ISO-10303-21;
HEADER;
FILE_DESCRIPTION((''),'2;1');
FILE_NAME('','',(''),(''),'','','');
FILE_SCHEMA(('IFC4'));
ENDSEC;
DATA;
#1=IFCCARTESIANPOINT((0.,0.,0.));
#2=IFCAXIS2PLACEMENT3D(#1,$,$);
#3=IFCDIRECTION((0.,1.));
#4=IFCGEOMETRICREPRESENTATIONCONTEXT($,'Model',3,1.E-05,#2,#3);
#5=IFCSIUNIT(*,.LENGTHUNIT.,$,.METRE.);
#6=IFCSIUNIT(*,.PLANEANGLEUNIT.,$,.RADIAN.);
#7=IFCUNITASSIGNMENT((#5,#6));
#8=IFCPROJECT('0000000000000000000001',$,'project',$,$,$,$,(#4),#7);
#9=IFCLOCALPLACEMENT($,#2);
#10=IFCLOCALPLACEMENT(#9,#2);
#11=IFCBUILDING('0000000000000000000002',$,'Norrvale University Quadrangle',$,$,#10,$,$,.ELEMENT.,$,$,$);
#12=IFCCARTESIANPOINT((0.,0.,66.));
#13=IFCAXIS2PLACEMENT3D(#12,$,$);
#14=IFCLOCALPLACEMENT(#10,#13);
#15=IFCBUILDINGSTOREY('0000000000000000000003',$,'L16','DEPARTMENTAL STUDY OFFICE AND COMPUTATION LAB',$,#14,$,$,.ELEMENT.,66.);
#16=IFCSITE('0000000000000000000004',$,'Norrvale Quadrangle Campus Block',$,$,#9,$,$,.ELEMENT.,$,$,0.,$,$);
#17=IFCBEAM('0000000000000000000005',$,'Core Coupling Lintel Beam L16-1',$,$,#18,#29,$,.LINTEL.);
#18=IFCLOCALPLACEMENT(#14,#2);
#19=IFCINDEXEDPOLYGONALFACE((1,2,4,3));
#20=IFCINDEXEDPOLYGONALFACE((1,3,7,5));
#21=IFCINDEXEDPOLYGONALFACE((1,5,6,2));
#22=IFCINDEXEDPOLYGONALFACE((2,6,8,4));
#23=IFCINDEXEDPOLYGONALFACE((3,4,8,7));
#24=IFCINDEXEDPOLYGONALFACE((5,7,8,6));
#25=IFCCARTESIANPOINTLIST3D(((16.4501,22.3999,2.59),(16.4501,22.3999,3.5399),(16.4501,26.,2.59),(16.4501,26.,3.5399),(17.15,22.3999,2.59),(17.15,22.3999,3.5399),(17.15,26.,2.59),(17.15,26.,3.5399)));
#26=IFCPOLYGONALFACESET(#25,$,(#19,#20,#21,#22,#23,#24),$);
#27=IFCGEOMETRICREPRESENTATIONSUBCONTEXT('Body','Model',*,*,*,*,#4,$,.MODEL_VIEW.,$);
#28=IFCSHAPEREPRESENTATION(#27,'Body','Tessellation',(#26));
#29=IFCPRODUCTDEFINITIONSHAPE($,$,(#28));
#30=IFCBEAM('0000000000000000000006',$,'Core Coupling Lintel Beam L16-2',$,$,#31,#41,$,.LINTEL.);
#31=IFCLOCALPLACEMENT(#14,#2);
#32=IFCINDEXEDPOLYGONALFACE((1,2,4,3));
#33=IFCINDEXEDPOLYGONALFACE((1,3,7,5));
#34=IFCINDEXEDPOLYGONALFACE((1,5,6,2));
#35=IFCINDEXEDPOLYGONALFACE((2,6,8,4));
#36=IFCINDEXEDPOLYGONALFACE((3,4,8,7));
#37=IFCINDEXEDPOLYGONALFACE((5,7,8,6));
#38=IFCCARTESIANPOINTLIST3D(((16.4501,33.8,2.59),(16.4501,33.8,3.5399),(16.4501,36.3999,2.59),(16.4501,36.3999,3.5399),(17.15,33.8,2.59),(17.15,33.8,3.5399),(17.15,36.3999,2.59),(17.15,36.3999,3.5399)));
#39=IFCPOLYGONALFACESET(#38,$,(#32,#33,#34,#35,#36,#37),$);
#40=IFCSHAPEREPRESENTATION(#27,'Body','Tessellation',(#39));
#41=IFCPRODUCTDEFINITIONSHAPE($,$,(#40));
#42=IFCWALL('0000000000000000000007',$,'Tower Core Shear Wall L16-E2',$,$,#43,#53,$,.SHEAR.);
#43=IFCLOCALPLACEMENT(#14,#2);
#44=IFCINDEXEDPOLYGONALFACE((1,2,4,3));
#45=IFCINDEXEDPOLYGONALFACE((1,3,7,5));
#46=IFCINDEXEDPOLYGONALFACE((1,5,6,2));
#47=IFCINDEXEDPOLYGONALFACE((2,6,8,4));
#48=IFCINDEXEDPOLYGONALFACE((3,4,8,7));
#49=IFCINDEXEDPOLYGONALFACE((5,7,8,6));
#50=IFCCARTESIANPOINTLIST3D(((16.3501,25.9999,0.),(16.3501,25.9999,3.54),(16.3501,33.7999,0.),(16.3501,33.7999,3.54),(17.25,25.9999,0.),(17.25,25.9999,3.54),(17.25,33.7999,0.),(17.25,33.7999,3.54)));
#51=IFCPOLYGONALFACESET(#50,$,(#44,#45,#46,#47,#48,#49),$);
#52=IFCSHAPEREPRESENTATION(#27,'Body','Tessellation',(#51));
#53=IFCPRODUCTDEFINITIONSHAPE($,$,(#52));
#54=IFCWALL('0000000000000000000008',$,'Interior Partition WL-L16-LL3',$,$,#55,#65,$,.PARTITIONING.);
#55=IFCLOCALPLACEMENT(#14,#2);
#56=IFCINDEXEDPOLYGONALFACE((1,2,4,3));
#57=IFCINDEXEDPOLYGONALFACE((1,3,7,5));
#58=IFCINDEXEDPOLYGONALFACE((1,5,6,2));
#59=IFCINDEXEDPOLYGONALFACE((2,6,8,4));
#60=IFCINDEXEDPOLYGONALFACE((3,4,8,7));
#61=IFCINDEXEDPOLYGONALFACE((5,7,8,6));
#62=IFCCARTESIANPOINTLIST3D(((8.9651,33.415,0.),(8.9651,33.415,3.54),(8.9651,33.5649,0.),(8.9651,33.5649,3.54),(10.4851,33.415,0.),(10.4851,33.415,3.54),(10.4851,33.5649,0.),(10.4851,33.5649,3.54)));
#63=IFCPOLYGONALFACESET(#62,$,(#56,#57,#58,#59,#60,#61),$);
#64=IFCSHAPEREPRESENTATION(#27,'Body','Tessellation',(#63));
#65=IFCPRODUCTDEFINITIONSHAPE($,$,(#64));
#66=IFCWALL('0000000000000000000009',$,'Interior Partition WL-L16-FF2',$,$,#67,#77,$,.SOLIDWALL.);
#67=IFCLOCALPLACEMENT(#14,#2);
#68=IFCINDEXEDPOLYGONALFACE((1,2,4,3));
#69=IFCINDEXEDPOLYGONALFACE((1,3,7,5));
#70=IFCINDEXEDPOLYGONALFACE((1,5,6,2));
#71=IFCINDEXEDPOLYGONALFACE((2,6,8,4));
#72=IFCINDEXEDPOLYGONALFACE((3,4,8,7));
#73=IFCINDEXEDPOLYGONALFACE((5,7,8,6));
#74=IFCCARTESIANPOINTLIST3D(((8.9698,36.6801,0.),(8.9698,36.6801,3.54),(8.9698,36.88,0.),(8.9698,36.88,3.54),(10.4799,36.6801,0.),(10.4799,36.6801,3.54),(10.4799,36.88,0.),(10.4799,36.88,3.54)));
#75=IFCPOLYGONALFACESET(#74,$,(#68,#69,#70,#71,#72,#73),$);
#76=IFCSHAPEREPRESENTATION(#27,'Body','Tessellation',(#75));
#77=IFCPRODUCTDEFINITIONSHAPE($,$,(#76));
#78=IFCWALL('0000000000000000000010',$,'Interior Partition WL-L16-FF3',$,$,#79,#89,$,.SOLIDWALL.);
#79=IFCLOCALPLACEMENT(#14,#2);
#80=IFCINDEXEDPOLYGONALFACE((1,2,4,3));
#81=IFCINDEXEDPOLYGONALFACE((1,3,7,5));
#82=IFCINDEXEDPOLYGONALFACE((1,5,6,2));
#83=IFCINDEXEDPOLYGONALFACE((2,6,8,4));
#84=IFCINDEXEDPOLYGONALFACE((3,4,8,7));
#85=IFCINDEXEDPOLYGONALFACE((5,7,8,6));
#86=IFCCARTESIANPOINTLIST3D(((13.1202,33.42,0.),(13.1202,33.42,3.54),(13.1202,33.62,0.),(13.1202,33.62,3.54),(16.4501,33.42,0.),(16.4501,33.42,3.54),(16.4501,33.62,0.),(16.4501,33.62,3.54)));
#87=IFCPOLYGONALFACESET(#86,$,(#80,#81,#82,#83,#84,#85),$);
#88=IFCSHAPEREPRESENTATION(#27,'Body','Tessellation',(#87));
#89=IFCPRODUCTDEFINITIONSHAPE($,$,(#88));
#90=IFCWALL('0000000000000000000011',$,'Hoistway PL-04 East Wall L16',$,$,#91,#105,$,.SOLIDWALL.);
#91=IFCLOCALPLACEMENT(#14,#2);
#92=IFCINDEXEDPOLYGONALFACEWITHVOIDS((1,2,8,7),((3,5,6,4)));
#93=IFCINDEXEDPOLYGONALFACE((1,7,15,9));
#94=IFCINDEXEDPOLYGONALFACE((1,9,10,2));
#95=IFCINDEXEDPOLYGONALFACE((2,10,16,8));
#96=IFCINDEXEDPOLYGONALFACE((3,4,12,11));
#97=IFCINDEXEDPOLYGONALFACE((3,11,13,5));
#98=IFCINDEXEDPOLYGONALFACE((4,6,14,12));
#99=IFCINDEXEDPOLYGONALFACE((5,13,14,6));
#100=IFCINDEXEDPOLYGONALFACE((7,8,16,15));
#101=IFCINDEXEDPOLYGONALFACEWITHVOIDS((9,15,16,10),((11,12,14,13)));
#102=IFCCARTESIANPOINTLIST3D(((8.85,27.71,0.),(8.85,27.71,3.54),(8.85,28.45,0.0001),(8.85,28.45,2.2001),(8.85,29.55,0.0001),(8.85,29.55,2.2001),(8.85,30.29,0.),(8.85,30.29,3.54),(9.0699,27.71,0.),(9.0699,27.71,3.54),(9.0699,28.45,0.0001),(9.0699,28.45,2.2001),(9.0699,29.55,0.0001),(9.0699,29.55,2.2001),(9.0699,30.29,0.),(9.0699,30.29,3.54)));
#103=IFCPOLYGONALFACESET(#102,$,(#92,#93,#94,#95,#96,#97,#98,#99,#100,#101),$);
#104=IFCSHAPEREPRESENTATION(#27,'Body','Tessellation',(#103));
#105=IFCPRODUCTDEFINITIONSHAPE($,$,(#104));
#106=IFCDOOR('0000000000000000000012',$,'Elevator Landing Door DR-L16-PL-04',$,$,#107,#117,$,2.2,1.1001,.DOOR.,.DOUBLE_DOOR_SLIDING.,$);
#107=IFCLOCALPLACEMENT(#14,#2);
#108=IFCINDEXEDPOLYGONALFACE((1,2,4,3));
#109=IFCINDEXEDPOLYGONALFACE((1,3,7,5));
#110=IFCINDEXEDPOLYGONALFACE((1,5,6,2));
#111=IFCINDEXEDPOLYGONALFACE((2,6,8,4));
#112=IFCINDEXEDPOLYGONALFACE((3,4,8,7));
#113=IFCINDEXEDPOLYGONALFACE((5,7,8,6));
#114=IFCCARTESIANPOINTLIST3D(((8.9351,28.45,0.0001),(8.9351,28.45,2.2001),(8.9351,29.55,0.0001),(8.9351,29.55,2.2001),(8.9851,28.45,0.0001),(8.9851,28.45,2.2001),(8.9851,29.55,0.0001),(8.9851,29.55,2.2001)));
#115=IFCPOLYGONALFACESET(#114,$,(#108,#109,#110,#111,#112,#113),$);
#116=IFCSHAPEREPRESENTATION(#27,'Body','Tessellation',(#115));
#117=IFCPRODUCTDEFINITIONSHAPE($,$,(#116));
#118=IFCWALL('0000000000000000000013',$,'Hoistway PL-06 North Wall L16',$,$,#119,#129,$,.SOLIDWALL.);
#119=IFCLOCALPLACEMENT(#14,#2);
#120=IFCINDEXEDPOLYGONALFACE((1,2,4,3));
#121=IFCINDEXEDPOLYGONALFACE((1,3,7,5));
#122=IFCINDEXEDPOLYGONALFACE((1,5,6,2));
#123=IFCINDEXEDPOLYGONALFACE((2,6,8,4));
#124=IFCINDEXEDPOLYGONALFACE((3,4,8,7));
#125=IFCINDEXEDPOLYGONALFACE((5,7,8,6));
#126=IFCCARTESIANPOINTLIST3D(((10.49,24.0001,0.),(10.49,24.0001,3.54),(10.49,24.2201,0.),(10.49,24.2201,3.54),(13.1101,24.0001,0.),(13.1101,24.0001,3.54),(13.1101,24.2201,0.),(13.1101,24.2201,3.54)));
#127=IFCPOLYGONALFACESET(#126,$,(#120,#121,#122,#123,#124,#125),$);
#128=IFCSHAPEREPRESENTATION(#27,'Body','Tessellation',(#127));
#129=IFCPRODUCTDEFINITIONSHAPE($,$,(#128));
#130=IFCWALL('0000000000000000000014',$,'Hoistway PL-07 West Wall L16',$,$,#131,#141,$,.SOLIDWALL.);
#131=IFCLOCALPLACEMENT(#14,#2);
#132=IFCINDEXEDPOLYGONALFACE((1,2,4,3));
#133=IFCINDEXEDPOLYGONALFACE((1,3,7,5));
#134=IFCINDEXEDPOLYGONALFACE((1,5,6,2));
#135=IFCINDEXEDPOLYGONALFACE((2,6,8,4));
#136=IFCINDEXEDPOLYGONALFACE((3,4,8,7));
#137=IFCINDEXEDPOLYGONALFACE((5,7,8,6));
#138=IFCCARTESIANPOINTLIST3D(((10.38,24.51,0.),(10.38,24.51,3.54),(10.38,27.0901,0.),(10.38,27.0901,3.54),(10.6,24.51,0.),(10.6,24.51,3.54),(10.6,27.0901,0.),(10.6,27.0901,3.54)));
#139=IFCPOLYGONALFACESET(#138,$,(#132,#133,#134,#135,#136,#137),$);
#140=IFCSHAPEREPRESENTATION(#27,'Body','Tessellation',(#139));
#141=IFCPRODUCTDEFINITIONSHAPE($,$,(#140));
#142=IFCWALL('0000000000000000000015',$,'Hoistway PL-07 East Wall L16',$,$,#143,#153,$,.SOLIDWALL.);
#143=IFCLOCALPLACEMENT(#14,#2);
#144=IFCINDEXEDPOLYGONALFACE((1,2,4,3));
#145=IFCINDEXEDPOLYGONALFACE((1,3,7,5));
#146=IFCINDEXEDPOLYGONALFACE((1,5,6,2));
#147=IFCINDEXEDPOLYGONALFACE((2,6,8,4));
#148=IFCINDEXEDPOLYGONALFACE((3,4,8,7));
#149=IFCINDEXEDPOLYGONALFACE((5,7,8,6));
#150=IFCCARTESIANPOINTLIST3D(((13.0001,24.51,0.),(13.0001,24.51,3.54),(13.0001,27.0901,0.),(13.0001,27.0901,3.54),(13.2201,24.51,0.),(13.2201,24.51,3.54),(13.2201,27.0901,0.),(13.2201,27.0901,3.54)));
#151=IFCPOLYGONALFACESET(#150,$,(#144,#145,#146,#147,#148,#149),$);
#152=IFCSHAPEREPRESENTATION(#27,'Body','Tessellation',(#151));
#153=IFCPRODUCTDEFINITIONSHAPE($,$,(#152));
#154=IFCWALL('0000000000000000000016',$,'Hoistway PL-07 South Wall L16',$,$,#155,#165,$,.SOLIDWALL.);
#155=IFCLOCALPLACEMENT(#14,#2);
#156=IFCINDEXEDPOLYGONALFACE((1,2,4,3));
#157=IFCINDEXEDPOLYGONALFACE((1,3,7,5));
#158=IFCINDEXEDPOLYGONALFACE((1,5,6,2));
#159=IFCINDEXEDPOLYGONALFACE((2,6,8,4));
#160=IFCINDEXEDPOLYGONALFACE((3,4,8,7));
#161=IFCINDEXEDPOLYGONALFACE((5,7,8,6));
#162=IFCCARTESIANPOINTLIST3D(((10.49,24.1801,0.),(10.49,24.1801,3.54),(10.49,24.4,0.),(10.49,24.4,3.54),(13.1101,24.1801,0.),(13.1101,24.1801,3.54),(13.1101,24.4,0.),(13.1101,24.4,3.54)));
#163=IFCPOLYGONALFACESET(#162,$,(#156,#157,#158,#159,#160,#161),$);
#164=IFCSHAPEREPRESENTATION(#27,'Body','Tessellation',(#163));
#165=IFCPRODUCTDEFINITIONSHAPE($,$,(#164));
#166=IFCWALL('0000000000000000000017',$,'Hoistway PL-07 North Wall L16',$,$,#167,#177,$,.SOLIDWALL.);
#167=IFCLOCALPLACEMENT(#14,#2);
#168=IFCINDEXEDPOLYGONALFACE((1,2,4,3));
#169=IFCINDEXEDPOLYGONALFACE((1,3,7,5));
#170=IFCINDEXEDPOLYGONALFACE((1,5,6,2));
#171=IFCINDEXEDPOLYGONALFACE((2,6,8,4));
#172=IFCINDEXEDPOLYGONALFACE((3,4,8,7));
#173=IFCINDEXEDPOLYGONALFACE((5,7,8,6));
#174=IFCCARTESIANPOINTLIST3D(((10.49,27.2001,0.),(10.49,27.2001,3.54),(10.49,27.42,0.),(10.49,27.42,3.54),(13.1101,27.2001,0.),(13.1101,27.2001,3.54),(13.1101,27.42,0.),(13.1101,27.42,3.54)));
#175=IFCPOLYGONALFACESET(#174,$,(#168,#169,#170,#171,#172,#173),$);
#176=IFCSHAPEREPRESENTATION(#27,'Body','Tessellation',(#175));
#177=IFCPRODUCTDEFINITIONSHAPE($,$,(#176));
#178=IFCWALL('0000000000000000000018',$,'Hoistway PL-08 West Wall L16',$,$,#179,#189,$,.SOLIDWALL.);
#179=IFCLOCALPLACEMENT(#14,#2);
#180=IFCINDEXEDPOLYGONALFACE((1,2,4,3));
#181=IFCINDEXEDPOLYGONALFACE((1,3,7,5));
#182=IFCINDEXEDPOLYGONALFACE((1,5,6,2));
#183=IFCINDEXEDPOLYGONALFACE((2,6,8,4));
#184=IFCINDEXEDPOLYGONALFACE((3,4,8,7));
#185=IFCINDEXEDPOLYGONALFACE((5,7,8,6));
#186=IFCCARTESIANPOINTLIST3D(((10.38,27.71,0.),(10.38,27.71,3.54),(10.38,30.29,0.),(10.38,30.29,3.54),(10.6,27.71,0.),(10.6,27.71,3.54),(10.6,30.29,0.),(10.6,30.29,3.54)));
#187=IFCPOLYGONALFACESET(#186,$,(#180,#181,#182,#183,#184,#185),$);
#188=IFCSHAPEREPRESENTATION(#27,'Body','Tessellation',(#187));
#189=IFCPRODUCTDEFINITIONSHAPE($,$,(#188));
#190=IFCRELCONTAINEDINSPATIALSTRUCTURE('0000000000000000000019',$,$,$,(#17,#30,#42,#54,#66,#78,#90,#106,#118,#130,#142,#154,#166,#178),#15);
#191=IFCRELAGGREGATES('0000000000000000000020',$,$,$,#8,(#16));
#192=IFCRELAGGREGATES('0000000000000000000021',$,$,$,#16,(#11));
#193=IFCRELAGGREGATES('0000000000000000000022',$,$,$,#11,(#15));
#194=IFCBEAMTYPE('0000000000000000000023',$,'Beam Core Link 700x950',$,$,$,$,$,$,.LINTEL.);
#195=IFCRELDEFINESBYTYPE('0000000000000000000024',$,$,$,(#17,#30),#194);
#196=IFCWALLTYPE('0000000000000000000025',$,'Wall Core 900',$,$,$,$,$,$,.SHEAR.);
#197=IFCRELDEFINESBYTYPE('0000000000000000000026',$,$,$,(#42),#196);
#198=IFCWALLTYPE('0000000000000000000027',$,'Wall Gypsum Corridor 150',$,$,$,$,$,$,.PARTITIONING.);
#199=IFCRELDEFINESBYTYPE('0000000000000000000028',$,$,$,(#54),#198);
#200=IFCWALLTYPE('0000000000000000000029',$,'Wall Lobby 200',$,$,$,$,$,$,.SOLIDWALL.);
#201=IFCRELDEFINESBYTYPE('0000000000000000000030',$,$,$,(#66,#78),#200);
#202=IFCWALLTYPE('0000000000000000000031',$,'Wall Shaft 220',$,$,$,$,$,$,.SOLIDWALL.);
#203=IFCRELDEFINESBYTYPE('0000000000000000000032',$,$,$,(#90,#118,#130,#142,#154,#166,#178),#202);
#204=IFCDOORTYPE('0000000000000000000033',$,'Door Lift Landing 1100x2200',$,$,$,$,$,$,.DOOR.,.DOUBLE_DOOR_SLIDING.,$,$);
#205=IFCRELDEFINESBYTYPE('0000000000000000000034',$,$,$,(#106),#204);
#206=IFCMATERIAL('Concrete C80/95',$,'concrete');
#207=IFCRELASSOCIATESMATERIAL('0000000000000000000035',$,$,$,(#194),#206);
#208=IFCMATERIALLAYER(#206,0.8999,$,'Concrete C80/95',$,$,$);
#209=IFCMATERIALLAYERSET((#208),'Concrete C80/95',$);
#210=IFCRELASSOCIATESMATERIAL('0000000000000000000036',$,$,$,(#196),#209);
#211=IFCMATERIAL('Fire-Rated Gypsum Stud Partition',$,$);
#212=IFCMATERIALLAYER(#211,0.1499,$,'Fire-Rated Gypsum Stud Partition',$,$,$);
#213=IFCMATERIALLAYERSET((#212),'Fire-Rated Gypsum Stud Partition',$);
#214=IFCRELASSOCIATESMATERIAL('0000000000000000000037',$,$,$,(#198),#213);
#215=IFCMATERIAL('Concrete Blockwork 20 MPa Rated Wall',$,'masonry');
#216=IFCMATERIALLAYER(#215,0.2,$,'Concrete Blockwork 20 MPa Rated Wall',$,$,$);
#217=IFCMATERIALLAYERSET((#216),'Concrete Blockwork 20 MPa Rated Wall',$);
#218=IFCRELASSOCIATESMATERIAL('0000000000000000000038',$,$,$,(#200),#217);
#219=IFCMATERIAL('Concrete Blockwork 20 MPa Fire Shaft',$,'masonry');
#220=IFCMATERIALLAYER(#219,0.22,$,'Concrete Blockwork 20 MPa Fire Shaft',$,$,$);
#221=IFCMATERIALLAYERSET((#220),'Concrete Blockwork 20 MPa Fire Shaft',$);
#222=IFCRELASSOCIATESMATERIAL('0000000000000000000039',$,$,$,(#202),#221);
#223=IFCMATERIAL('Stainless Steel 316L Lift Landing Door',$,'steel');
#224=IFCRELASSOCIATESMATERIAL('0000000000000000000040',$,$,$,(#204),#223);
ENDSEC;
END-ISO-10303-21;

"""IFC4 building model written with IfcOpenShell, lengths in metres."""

from ifc_helpers import new_model, si_unit, direction, frame, frame_2d, origin, origin_2d, place, context, subcontext, project, spatial, rectangle, extrude, material, layer, layer_set, material_profile, profile_set, type_object, element, fill, save


model = new_model("IFC4")

# Units and contexts
model_context = context("Model", 3, precision=1e-05, world=origin(), true_north=direction((0.0, 1.0)))
body_context = subcontext(model_context, "Body", "Model", "MODEL_VIEW")
ifc_project = project(units=[si_unit("LENGTHUNIT", "METRE"), si_unit("PLANEANGLEUNIT", "RADIAN")], contexts=[model_context])

# Site, building, storey
site_placement = place(None, origin())
site = spatial("IfcSite", under=ifc_project, at=site_placement, Name="Norrvale Quadrangle Campus Block", CompositionType="ELEMENT", RefElevation=0.0)
building_placement = place(site_placement, origin())
building = spatial("IfcBuilding", under=site, at=building_placement, Name="Norrvale University Quadrangle", CompositionType="ELEMENT")
storey_placement = place(building_placement, frame((0.0, 0.0, 66.0)))
storey = spatial("IfcBuildingStorey", under=building, at=storey_placement, Name="L16", Description="DEPARTMENTAL STUDY OFFICE AND COMPUTATION LAB", CompositionType="ELEMENT", Elevation=66.0)

# Beams
ifc_material_1 = material(Name="Concrete C80/95", Category="concrete")
ifc_material_profile = material_profile(ifc_material_1, rectangle(XDim=0.7, YDim=0.95, at=origin_2d()), Name="Concrete C80/95")
ifc_profile_set = profile_set([ifc_material_profile], Name="Concrete C80/95")
beam_type = type_object("IfcBeamType", Name="Beam Core Link 700x950", PredefinedType="LINTEL", material=ifc_profile_set)
beam_1_placement = place(storey_placement, frame((16.8, 22.3999, 3.0649), z_axis=(0.0, 1.0, 0.0), x_axis=(-1.0, 0.0, 0.0)))
element("IfcBeam", 1, at=beam_1_placement, inside=storey, type_object=beam_type, Name="Core Coupling Lintel Beam L16-1", PredefinedType="LINTEL", context=body_context, shape_type="SweptSolid", body=[
    extrude(rectangle(XDim=0.7, YDim=0.95, at=origin_2d()), origin(), (0.0, 0.0, 1.0), 3.6001),
])
beam_2_placement = place(storey_placement, frame((16.8, 33.8, 3.0649), z_axis=(0.0, 1.0, 0.0), x_axis=(-1.0, 0.0, 0.0)))
element("IfcBeam", 2, at=beam_2_placement, inside=storey, type_object=beam_type, Name="Core Coupling Lintel Beam L16-2", PredefinedType="LINTEL", context=body_context, shape_type="SweptSolid", body=[
    extrude(rectangle(XDim=0.7, YDim=0.95, at=origin_2d()), origin(), (0.0, 0.0, 1.0), 2.5999),
])

# Wall
ifc_layer_1 = layer(ifc_material_1, 0.8999, Name="Concrete C80/95")
ifc_layer_set_1 = layer_set([ifc_layer_1], Name="Concrete C80/95")
wall_type_1 = type_object("IfcWallType", Name="Wall Core 900", PredefinedType="SHEAR", material=ifc_layer_set_1)
wall_1_placement = place(storey_placement, frame((16.8, 26.0, 0.0), z_axis=(0.0, 0.0, 1.0), x_axis=(0.0, 1.0, 0.0)))
element("IfcWall", 3, at=wall_1_placement, inside=storey, type_object=wall_type_1, Name="Tower Core Shear Wall L16-E2", PredefinedType="SHEAR", context=body_context, shape_type="SweptSolid", body=[
    extrude(rectangle(XDim=7.8, YDim=0.8999, at=frame_2d((3.8999, 0.0))), origin(), (0.0, 0.0, 1.0), 3.54),
])

# Walls
ifc_material_2 = material(Name="Fire-Rated Gypsum Stud Partition")
ifc_layer_2 = layer(ifc_material_2, 0.1499, Name="Fire-Rated Gypsum Stud Partition")
ifc_layer_set_2 = layer_set([ifc_layer_2], Name="Fire-Rated Gypsum Stud Partition")
wall_type_2 = type_object("IfcWallType", Name="Wall Gypsum Corridor 150", PredefinedType="PARTITIONING", material=ifc_layer_set_2)
wall_2_placement = place(storey_placement, frame((8.9651, 33.49, 0.0), z_axis=(0.0, 0.0, 1.0), x_axis=(1.0, 0.0, 0.0)))
element("IfcWall", 4, at=wall_2_placement, inside=storey, type_object=wall_type_2, Name="Interior Partition WL-L16-LL3", PredefinedType="PARTITIONING", context=body_context, shape_type="SweptSolid", body=[
    extrude(rectangle(XDim=1.52, YDim=0.1499, at=frame_2d((0.76, 0.0))), origin(), (0.0, 0.0, 1.0), 3.54),
])
ifc_material_3 = material(Name="Concrete Blockwork 20 MPa Rated Wall", Category="masonry")
ifc_layer_3 = layer(ifc_material_3, 0.2, Name="Concrete Blockwork 20 MPa Rated Wall")
ifc_layer_set_3 = layer_set([ifc_layer_3], Name="Concrete Blockwork 20 MPa Rated Wall")
wall_type_3 = type_object("IfcWallType", Name="Wall Lobby 200", PredefinedType="SOLIDWALL", material=ifc_layer_set_3)
wall_3_placement = place(storey_placement, frame((8.97, 36.78, 0.0), z_axis=(0.0, 0.0, 1.0), x_axis=(1.0, 0.0, 0.0)))
element("IfcWall", 5, at=wall_3_placement, inside=storey, type_object=wall_type_3, Name="Interior Partition WL-L16-FF2", PredefinedType="SOLIDWALL", context=body_context, shape_type="SweptSolid", body=[
    extrude(rectangle(XDim=1.51, YDim=0.2, at=frame_2d((0.7549, 0.0))), origin(), (0.0, 0.0, 1.0), 3.54),
])
wall_4_placement = place(storey_placement, frame((13.1201, 33.52, 0.0), z_axis=(0.0, 0.0, 1.0), x_axis=(1.0, 0.0, 0.0)))
element("IfcWall", 6, at=wall_4_placement, inside=storey, type_object=wall_type_3, Name="Interior Partition WL-L16-FF3", PredefinedType="SOLIDWALL", context=body_context, shape_type="SweptSolid", body=[
    extrude(rectangle(XDim=3.3298, YDim=0.2, at=frame_2d((1.665, 0.0))), origin(), (0.0, 0.0, 1.0), 3.54),
])

# Wall, opening, door
ifc_material_4 = material(Name="Concrete Blockwork 20 MPa Fire Shaft", Category="masonry")
ifc_layer_4 = layer(ifc_material_4, 0.22, Name="Concrete Blockwork 20 MPa Fire Shaft")
ifc_layer_set_4 = layer_set([ifc_layer_4], Name="Concrete Blockwork 20 MPa Fire Shaft")
wall_type_4 = type_object("IfcWallType", Name="Wall Shaft 220", PredefinedType="SOLIDWALL", material=ifc_layer_set_4)
wall_5_placement = place(storey_placement, frame((8.96, 27.71, 0.0), z_axis=(0.0, 0.0, 1.0), x_axis=(0.0, 1.0, 0.0)))
wall_5 = element("IfcWall", 7, at=wall_5_placement, inside=storey, type_object=wall_type_4, Name="Hoistway PL-04 East Wall L16", PredefinedType="SOLIDWALL", context=body_context, shape_type="SweptSolid", body=[
    extrude(rectangle(XDim=2.5801, YDim=0.22, at=frame_2d((1.29, 0.0))), origin(), (0.0, 0.0, 1.0), 3.54),
])
opening_1_placement = place(wall_5_placement, frame((0.74, 0.0, 0.0)))
opening_1 = element("IfcOpeningElement", 8, at=opening_1_placement, cuts=wall_5, PredefinedType="OPENING", context=body_context, shape_type="SweptSolid", body=[
    extrude(rectangle(XDim=1.1001, YDim=2.2, at=frame_2d((0.55, 1.1001))), frame((0.0, 0.1221, 0.0), z_axis=(0.0, -1.0, 0.0), x_axis=(1.0, 0.0, 0.0)), (0.0, 0.0, 1.0), 0.2439),
])
ifc_material_5 = material(Name="Stainless Steel 316L Lift Landing Door", Category="steel")
door_type_1 = type_object("IfcDoorType", Name="Door Lift Landing 1100x2200", OperationType="DOUBLE_DOOR_SLIDING", PredefinedType="DOOR", material=ifc_material_5)
door_1_placement = place(opening_1_placement, origin())
door_1 = element("IfcDoor", 9, at=door_1_placement, inside=storey, type_object=door_type_1, Name="Elevator Landing Door DR-L16-PL-04", OperationType="DOUBLE_DOOR_SLIDING", OverallHeight=2.2, OverallWidth=1.1001, PredefinedType="DOOR", context=body_context, shape_type="SweptSolid", body=[
    extrude(rectangle(XDim=1.1001, YDim=2.2, at=frame_2d((0.55, 1.1001))), frame((0.0, 0.0249, 0.0), z_axis=(0.0, -1.0, 0.0), x_axis=(1.0, 0.0, 0.0)), (0.0, 0.0, 1.0), 0.05),
])
fill(opening_1, door_1)

# Walls
wall_6_placement = place(storey_placement, frame((10.49, 24.1101, 0.0), z_axis=(0.0, 0.0, 1.0), x_axis=(1.0, 0.0, 0.0)))
element("IfcWall", 10, at=wall_6_placement, inside=storey, type_object=wall_type_4, Name="Hoistway PL-06 North Wall L16", PredefinedType="SOLIDWALL", context=body_context, shape_type="SweptSolid", body=[
    extrude(rectangle(XDim=2.6201, YDim=0.22, at=frame_2d((1.3101, 0.0))), origin(), (0.0, 0.0, 1.0), 3.54),
])
for number, where, z_axis, x_axis, name in (
    (11, (10.49, 24.51, 0.0), (0.0, 0.0, 1.0), (0.0, 1.0, 0.0), "Hoistway PL-07 West Wall L16"),
    (12, (13.1101, 24.51, 0.0), (0.0, 0.0, 1.0), (0.0, 1.0, 0.0), "Hoistway PL-07 East Wall L16"),
):
    element("IfcWall", number, at=place(storey_placement, frame(where, z_axis=z_axis, x_axis=x_axis)), inside=storey, type_object=wall_type_4, Name=name, PredefinedType="SOLIDWALL", context=body_context, shape_type="SweptSolid", body=[
        extrude(rectangle(XDim=2.5801, YDim=0.22, at=frame_2d((1.29, 0.0))), origin(), (0.0, 0.0, 1.0), 3.54),
    ])
for number, where, z_axis, x_axis, name in (
    (13, (10.49, 24.29, 0.0), (0.0, 0.0, 1.0), (1.0, 0.0, 0.0), "Hoistway PL-07 South Wall L16"),
    (14, (10.49, 27.3101, 0.0), (0.0, 0.0, 1.0), (1.0, 0.0, 0.0), "Hoistway PL-07 North Wall L16"),
):
    element("IfcWall", number, at=place(storey_placement, frame(where, z_axis=z_axis, x_axis=x_axis)), inside=storey, type_object=wall_type_4, Name=name, PredefinedType="SOLIDWALL", context=body_context, shape_type="SweptSolid", body=[
        extrude(rectangle(XDim=2.6201, YDim=0.22, at=frame_2d((1.3101, 0.0))), origin(), (0.0, 0.0, 1.0), 3.54),
    ])
for number, where, z_axis, x_axis, name in (
    (15, (10.49, 27.71, 0.0), (0.0, 0.0, 1.0), (0.0, 1.0, 0.0), "Hoistway PL-08 West Wall L16"),
):
    element("IfcWall", number, at=place(storey_placement, frame(where, z_axis=z_axis, x_axis=x_axis)), inside=storey, type_object=wall_type_4, Name=name, PredefinedType="SOLIDWALL", context=body_context, shape_type="SweptSolid", body=[
        extrude(rectangle(XDim=2.5801, YDim=0.22, at=frame_2d((1.29, 0.0))), origin(), (0.0, 0.0, 1.0), 3.54),
    ])

save(model, "model.ifc")
